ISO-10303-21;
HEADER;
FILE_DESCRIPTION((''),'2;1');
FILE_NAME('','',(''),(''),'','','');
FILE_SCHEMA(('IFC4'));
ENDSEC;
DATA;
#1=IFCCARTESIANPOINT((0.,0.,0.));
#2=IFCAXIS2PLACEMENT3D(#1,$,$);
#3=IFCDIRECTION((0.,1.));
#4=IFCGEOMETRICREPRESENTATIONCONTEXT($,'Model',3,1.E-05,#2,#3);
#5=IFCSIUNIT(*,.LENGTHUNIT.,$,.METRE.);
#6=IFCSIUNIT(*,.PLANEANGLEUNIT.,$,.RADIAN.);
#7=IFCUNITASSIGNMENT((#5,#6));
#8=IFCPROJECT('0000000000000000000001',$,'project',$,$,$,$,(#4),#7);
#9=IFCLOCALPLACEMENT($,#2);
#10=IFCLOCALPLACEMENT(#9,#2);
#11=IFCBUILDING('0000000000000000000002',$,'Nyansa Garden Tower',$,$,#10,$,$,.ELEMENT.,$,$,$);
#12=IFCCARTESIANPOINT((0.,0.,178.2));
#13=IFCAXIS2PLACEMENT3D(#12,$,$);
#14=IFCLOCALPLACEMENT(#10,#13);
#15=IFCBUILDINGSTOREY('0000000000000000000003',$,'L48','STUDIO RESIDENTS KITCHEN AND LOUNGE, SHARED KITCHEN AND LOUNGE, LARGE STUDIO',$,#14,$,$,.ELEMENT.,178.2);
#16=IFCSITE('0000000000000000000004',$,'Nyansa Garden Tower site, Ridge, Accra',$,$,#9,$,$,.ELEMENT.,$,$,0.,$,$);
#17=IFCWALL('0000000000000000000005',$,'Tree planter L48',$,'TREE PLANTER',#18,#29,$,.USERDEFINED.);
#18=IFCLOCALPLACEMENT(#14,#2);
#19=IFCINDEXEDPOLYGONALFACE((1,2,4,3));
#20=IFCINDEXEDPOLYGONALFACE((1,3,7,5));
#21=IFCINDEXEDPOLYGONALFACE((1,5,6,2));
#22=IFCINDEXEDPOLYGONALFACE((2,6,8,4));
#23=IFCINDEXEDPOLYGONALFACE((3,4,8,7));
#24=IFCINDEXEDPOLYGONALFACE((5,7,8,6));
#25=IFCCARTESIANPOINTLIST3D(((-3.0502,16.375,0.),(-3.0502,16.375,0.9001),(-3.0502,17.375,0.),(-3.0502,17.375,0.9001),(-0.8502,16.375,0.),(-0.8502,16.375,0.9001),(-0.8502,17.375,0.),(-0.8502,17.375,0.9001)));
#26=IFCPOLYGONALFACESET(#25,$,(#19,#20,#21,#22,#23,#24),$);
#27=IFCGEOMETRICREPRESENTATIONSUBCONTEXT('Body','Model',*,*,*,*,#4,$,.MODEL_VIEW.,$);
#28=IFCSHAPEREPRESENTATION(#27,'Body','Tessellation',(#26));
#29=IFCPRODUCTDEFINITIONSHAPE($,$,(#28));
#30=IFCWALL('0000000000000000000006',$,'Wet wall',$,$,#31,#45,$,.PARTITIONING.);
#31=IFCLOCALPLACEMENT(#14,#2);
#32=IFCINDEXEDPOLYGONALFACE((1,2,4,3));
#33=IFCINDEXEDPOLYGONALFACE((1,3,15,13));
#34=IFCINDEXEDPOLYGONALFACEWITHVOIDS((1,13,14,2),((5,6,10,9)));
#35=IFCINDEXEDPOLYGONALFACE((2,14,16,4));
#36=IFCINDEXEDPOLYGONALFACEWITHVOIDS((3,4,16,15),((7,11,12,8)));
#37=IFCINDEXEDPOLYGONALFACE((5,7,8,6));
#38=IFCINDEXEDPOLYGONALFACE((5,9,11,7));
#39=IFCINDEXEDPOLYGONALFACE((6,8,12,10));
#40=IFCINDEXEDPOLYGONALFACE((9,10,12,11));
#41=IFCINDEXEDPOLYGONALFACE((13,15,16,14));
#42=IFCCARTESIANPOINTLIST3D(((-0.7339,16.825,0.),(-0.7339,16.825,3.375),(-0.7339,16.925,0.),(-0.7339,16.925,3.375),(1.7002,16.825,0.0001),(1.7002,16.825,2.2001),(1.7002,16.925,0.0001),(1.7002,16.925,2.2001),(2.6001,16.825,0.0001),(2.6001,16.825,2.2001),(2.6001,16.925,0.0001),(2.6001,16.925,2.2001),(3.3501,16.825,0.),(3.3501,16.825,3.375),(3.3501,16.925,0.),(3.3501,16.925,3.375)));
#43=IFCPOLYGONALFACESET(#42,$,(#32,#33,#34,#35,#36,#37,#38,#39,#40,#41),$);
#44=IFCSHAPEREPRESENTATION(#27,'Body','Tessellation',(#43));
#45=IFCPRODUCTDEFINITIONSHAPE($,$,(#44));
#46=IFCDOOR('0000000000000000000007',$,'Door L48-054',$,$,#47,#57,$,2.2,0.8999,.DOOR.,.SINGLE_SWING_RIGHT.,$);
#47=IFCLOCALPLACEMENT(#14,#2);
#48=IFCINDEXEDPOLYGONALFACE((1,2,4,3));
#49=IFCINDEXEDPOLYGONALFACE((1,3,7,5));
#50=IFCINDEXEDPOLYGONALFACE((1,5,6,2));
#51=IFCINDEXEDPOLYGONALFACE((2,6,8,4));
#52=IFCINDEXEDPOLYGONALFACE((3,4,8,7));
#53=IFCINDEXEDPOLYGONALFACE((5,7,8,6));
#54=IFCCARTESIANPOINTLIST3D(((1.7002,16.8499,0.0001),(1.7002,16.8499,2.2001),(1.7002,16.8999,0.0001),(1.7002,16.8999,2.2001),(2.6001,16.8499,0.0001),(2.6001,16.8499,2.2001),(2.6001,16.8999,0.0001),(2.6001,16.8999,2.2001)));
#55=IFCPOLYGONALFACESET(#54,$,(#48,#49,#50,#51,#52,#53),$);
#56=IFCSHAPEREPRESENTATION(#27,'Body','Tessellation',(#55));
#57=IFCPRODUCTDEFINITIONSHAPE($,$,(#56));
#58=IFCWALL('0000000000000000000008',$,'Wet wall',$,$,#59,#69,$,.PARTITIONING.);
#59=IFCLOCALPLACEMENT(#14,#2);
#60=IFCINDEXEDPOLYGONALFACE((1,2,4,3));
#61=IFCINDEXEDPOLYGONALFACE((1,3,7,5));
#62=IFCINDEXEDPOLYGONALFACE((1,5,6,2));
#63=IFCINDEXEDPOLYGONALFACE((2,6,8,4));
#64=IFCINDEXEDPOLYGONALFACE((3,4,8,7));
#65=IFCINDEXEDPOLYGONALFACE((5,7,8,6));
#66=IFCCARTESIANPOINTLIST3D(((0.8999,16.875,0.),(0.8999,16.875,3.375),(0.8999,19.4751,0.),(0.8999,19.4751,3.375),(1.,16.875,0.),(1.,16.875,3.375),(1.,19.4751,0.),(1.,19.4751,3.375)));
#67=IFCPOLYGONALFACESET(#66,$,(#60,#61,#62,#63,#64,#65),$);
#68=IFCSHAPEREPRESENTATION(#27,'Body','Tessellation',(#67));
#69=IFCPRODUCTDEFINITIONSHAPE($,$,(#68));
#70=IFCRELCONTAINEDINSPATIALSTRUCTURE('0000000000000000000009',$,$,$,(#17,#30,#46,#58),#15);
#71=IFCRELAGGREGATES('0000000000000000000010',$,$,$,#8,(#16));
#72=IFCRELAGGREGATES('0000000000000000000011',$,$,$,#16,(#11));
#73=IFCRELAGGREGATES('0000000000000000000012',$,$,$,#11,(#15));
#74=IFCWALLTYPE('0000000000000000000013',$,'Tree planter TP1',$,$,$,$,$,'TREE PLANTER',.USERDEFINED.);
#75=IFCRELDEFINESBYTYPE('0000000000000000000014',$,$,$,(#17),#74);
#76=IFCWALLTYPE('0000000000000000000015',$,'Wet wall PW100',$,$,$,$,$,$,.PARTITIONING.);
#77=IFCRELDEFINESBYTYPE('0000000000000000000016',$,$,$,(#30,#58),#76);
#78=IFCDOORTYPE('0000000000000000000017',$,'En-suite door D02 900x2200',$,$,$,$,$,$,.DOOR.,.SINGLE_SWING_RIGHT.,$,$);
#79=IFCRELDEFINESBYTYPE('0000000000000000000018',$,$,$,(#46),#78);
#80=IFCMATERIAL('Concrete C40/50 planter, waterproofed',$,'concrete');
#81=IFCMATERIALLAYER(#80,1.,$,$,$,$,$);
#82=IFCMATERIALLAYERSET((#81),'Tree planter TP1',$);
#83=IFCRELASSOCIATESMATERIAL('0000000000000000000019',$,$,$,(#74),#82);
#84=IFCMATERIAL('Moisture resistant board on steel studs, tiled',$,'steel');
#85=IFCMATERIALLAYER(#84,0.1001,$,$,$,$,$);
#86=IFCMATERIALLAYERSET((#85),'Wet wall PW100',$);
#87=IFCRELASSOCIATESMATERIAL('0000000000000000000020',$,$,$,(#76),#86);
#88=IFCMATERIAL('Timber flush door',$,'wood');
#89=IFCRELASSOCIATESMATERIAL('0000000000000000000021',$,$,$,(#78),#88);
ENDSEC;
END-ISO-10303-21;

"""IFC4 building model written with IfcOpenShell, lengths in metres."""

from ifc_helpers import new_model, si_unit, direction, frame, frame_2d, origin, place, context, subcontext, project, spatial, rectangle, extrude, material, layer, layer_set, type_object, element, fill, save


model = new_model("IFC4")

# Units and contexts
model_context = context("Model", 3, precision=1e-05, world=origin(), true_north=direction((0.0, 1.0)))
body_context = subcontext(model_context, "Body", "Model", "MODEL_VIEW")
ifc_project = project(units=[si_unit("LENGTHUNIT", "METRE"), si_unit("PLANEANGLEUNIT", "RADIAN")], contexts=[model_context])

# Site, building, storey
site_placement = place(None, origin())
site = spatial("IfcSite", under=ifc_project, at=site_placement, Name="Nyansa Garden Tower site, Ridge, Accra", CompositionType="ELEMENT", RefElevation=0.0)
building_placement = place(site_placement, origin())
building = spatial("IfcBuilding", under=site, at=building_placement, Name="Nyansa Garden Tower", CompositionType="ELEMENT")
storey_placement = place(building_placement, frame((0.0, 0.0, 178.2)))
storey = spatial("IfcBuildingStorey", under=building, at=storey_placement, Name="L48", Description="STUDIO RESIDENTS KITCHEN AND LOUNGE, SHARED KITCHEN AND LOUNGE, LARGE STUDIO", CompositionType="ELEMENT", Elevation=178.2)

# Wall
ifc_material_1 = material(Name="Concrete C40/50 planter, waterproofed", Category="concrete")
ifc_layer_1 = layer(ifc_material_1, 1.0)
ifc_layer_set_1 = layer_set([ifc_layer_1], Name="Tree planter TP1")
wall_type_1 = type_object("IfcWallType", Name="Tree planter TP1", ElementType="TREE PLANTER", PredefinedType="USERDEFINED", material=ifc_layer_set_1)
wall_1_placement = place(storey_placement, frame((-0.8501, 16.875, 0.0), z_axis=(0.0, 0.0, 1.0), x_axis=(-1.0, 0.0, 0.0)))
element("IfcWall", 1, at=wall_1_placement, inside=storey, type_object=wall_type_1, Name="Tree planter L48", ObjectType="TREE PLANTER", PredefinedType="USERDEFINED", context=body_context, shape_type="SweptSolid", body=[
    extrude(rectangle(XDim=2.2, YDim=1.0, at=frame_2d((1.1001, 0.0))), origin(), (0.0, 0.0, 1.0), 0.9001),
])

# Wall, opening, door
ifc_material_2 = material(Name="Moisture resistant board on steel studs, tiled", Category="steel")
ifc_layer_2 = layer(ifc_material_2, 0.1001)
ifc_layer_set_2 = layer_set([ifc_layer_2], Name="Wet wall PW100")
wall_type_2 = type_object("IfcWallType", Name="Wet wall PW100", PredefinedType="PARTITIONING", material=ifc_layer_set_2)
wall_2_placement = place(storey_placement, frame((-0.7339, 16.875, 0.0), z_axis=(0.0, 0.0, 1.0), x_axis=(1.0, 0.0, 0.0)))
wall_2 = element("IfcWall", 2, at=wall_2_placement, inside=storey, type_object=wall_type_2, Name="Wet wall", PredefinedType="PARTITIONING", context=body_context, shape_type="SweptSolid", body=[
    extrude(rectangle(XDim=4.084, YDim=0.1001, at=frame_2d((2.042, 0.0))), origin(), (0.0, 0.0, 1.0), 3.375),
])
opening_1_placement = place(wall_2_placement, frame((2.4341, 0.0, 0.0)))
opening_1 = element("IfcOpeningElement", 3, at=opening_1_placement, cuts=wall_2, PredefinedType="OPENING", context=body_context, shape_type="SweptSolid", body=[
    extrude(rectangle(XDim=0.8999, YDim=2.2, at=frame_2d((0.45, 1.1001))), frame((0.0, 0.0601, 0.0), z_axis=(0.0, -1.0, 0.0), x_axis=(1.0, 0.0, 0.0)), (0.0, 0.0, 1.0), 0.1201),
])
ifc_material_3 = material(Name="Timber flush door", Category="wood")
door_type_1 = type_object("IfcDoorType", Name="En-suite door D02 900x2200", OperationType="SINGLE_SWING_RIGHT", PredefinedType="DOOR", material=ifc_material_3)
door_1_placement = place(opening_1_placement, origin())
door_1 = element("IfcDoor", 4, at=door_1_placement, inside=storey, type_object=door_type_1, Name="Door L48-054", OperationType="SINGLE_SWING_RIGHT", OverallHeight=2.2, OverallWidth=0.8999, PredefinedType="DOOR", context=body_context, shape_type="SweptSolid", body=[
    extrude(rectangle(XDim=0.8999, YDim=2.2, at=frame_2d((0.45, 1.1001))), frame((0.0, 0.0249, 0.0), z_axis=(0.0, -1.0, 0.0), x_axis=(1.0, 0.0, 0.0)), (0.0, 0.0, 1.0), 0.05),
])
fill(opening_1, door_1)

# Wall
wall_3_placement = place(storey_placement, frame((0.95, 16.875, 0.0), z_axis=(0.0, 0.0, 1.0), x_axis=(0.0, 1.0, 0.0)))
element("IfcWall", 5, at=wall_3_placement, inside=storey, type_object=wall_type_2, Name="Wet wall", PredefinedType="PARTITIONING", context=body_context, shape_type="SweptSolid", body=[
    extrude(rectangle(XDim=2.6001, YDim=0.1001, at=frame_2d((1.3, 0.0))), origin(), (0.0, 0.0, 1.0), 3.375),
])

save(model, "model.ifc")
